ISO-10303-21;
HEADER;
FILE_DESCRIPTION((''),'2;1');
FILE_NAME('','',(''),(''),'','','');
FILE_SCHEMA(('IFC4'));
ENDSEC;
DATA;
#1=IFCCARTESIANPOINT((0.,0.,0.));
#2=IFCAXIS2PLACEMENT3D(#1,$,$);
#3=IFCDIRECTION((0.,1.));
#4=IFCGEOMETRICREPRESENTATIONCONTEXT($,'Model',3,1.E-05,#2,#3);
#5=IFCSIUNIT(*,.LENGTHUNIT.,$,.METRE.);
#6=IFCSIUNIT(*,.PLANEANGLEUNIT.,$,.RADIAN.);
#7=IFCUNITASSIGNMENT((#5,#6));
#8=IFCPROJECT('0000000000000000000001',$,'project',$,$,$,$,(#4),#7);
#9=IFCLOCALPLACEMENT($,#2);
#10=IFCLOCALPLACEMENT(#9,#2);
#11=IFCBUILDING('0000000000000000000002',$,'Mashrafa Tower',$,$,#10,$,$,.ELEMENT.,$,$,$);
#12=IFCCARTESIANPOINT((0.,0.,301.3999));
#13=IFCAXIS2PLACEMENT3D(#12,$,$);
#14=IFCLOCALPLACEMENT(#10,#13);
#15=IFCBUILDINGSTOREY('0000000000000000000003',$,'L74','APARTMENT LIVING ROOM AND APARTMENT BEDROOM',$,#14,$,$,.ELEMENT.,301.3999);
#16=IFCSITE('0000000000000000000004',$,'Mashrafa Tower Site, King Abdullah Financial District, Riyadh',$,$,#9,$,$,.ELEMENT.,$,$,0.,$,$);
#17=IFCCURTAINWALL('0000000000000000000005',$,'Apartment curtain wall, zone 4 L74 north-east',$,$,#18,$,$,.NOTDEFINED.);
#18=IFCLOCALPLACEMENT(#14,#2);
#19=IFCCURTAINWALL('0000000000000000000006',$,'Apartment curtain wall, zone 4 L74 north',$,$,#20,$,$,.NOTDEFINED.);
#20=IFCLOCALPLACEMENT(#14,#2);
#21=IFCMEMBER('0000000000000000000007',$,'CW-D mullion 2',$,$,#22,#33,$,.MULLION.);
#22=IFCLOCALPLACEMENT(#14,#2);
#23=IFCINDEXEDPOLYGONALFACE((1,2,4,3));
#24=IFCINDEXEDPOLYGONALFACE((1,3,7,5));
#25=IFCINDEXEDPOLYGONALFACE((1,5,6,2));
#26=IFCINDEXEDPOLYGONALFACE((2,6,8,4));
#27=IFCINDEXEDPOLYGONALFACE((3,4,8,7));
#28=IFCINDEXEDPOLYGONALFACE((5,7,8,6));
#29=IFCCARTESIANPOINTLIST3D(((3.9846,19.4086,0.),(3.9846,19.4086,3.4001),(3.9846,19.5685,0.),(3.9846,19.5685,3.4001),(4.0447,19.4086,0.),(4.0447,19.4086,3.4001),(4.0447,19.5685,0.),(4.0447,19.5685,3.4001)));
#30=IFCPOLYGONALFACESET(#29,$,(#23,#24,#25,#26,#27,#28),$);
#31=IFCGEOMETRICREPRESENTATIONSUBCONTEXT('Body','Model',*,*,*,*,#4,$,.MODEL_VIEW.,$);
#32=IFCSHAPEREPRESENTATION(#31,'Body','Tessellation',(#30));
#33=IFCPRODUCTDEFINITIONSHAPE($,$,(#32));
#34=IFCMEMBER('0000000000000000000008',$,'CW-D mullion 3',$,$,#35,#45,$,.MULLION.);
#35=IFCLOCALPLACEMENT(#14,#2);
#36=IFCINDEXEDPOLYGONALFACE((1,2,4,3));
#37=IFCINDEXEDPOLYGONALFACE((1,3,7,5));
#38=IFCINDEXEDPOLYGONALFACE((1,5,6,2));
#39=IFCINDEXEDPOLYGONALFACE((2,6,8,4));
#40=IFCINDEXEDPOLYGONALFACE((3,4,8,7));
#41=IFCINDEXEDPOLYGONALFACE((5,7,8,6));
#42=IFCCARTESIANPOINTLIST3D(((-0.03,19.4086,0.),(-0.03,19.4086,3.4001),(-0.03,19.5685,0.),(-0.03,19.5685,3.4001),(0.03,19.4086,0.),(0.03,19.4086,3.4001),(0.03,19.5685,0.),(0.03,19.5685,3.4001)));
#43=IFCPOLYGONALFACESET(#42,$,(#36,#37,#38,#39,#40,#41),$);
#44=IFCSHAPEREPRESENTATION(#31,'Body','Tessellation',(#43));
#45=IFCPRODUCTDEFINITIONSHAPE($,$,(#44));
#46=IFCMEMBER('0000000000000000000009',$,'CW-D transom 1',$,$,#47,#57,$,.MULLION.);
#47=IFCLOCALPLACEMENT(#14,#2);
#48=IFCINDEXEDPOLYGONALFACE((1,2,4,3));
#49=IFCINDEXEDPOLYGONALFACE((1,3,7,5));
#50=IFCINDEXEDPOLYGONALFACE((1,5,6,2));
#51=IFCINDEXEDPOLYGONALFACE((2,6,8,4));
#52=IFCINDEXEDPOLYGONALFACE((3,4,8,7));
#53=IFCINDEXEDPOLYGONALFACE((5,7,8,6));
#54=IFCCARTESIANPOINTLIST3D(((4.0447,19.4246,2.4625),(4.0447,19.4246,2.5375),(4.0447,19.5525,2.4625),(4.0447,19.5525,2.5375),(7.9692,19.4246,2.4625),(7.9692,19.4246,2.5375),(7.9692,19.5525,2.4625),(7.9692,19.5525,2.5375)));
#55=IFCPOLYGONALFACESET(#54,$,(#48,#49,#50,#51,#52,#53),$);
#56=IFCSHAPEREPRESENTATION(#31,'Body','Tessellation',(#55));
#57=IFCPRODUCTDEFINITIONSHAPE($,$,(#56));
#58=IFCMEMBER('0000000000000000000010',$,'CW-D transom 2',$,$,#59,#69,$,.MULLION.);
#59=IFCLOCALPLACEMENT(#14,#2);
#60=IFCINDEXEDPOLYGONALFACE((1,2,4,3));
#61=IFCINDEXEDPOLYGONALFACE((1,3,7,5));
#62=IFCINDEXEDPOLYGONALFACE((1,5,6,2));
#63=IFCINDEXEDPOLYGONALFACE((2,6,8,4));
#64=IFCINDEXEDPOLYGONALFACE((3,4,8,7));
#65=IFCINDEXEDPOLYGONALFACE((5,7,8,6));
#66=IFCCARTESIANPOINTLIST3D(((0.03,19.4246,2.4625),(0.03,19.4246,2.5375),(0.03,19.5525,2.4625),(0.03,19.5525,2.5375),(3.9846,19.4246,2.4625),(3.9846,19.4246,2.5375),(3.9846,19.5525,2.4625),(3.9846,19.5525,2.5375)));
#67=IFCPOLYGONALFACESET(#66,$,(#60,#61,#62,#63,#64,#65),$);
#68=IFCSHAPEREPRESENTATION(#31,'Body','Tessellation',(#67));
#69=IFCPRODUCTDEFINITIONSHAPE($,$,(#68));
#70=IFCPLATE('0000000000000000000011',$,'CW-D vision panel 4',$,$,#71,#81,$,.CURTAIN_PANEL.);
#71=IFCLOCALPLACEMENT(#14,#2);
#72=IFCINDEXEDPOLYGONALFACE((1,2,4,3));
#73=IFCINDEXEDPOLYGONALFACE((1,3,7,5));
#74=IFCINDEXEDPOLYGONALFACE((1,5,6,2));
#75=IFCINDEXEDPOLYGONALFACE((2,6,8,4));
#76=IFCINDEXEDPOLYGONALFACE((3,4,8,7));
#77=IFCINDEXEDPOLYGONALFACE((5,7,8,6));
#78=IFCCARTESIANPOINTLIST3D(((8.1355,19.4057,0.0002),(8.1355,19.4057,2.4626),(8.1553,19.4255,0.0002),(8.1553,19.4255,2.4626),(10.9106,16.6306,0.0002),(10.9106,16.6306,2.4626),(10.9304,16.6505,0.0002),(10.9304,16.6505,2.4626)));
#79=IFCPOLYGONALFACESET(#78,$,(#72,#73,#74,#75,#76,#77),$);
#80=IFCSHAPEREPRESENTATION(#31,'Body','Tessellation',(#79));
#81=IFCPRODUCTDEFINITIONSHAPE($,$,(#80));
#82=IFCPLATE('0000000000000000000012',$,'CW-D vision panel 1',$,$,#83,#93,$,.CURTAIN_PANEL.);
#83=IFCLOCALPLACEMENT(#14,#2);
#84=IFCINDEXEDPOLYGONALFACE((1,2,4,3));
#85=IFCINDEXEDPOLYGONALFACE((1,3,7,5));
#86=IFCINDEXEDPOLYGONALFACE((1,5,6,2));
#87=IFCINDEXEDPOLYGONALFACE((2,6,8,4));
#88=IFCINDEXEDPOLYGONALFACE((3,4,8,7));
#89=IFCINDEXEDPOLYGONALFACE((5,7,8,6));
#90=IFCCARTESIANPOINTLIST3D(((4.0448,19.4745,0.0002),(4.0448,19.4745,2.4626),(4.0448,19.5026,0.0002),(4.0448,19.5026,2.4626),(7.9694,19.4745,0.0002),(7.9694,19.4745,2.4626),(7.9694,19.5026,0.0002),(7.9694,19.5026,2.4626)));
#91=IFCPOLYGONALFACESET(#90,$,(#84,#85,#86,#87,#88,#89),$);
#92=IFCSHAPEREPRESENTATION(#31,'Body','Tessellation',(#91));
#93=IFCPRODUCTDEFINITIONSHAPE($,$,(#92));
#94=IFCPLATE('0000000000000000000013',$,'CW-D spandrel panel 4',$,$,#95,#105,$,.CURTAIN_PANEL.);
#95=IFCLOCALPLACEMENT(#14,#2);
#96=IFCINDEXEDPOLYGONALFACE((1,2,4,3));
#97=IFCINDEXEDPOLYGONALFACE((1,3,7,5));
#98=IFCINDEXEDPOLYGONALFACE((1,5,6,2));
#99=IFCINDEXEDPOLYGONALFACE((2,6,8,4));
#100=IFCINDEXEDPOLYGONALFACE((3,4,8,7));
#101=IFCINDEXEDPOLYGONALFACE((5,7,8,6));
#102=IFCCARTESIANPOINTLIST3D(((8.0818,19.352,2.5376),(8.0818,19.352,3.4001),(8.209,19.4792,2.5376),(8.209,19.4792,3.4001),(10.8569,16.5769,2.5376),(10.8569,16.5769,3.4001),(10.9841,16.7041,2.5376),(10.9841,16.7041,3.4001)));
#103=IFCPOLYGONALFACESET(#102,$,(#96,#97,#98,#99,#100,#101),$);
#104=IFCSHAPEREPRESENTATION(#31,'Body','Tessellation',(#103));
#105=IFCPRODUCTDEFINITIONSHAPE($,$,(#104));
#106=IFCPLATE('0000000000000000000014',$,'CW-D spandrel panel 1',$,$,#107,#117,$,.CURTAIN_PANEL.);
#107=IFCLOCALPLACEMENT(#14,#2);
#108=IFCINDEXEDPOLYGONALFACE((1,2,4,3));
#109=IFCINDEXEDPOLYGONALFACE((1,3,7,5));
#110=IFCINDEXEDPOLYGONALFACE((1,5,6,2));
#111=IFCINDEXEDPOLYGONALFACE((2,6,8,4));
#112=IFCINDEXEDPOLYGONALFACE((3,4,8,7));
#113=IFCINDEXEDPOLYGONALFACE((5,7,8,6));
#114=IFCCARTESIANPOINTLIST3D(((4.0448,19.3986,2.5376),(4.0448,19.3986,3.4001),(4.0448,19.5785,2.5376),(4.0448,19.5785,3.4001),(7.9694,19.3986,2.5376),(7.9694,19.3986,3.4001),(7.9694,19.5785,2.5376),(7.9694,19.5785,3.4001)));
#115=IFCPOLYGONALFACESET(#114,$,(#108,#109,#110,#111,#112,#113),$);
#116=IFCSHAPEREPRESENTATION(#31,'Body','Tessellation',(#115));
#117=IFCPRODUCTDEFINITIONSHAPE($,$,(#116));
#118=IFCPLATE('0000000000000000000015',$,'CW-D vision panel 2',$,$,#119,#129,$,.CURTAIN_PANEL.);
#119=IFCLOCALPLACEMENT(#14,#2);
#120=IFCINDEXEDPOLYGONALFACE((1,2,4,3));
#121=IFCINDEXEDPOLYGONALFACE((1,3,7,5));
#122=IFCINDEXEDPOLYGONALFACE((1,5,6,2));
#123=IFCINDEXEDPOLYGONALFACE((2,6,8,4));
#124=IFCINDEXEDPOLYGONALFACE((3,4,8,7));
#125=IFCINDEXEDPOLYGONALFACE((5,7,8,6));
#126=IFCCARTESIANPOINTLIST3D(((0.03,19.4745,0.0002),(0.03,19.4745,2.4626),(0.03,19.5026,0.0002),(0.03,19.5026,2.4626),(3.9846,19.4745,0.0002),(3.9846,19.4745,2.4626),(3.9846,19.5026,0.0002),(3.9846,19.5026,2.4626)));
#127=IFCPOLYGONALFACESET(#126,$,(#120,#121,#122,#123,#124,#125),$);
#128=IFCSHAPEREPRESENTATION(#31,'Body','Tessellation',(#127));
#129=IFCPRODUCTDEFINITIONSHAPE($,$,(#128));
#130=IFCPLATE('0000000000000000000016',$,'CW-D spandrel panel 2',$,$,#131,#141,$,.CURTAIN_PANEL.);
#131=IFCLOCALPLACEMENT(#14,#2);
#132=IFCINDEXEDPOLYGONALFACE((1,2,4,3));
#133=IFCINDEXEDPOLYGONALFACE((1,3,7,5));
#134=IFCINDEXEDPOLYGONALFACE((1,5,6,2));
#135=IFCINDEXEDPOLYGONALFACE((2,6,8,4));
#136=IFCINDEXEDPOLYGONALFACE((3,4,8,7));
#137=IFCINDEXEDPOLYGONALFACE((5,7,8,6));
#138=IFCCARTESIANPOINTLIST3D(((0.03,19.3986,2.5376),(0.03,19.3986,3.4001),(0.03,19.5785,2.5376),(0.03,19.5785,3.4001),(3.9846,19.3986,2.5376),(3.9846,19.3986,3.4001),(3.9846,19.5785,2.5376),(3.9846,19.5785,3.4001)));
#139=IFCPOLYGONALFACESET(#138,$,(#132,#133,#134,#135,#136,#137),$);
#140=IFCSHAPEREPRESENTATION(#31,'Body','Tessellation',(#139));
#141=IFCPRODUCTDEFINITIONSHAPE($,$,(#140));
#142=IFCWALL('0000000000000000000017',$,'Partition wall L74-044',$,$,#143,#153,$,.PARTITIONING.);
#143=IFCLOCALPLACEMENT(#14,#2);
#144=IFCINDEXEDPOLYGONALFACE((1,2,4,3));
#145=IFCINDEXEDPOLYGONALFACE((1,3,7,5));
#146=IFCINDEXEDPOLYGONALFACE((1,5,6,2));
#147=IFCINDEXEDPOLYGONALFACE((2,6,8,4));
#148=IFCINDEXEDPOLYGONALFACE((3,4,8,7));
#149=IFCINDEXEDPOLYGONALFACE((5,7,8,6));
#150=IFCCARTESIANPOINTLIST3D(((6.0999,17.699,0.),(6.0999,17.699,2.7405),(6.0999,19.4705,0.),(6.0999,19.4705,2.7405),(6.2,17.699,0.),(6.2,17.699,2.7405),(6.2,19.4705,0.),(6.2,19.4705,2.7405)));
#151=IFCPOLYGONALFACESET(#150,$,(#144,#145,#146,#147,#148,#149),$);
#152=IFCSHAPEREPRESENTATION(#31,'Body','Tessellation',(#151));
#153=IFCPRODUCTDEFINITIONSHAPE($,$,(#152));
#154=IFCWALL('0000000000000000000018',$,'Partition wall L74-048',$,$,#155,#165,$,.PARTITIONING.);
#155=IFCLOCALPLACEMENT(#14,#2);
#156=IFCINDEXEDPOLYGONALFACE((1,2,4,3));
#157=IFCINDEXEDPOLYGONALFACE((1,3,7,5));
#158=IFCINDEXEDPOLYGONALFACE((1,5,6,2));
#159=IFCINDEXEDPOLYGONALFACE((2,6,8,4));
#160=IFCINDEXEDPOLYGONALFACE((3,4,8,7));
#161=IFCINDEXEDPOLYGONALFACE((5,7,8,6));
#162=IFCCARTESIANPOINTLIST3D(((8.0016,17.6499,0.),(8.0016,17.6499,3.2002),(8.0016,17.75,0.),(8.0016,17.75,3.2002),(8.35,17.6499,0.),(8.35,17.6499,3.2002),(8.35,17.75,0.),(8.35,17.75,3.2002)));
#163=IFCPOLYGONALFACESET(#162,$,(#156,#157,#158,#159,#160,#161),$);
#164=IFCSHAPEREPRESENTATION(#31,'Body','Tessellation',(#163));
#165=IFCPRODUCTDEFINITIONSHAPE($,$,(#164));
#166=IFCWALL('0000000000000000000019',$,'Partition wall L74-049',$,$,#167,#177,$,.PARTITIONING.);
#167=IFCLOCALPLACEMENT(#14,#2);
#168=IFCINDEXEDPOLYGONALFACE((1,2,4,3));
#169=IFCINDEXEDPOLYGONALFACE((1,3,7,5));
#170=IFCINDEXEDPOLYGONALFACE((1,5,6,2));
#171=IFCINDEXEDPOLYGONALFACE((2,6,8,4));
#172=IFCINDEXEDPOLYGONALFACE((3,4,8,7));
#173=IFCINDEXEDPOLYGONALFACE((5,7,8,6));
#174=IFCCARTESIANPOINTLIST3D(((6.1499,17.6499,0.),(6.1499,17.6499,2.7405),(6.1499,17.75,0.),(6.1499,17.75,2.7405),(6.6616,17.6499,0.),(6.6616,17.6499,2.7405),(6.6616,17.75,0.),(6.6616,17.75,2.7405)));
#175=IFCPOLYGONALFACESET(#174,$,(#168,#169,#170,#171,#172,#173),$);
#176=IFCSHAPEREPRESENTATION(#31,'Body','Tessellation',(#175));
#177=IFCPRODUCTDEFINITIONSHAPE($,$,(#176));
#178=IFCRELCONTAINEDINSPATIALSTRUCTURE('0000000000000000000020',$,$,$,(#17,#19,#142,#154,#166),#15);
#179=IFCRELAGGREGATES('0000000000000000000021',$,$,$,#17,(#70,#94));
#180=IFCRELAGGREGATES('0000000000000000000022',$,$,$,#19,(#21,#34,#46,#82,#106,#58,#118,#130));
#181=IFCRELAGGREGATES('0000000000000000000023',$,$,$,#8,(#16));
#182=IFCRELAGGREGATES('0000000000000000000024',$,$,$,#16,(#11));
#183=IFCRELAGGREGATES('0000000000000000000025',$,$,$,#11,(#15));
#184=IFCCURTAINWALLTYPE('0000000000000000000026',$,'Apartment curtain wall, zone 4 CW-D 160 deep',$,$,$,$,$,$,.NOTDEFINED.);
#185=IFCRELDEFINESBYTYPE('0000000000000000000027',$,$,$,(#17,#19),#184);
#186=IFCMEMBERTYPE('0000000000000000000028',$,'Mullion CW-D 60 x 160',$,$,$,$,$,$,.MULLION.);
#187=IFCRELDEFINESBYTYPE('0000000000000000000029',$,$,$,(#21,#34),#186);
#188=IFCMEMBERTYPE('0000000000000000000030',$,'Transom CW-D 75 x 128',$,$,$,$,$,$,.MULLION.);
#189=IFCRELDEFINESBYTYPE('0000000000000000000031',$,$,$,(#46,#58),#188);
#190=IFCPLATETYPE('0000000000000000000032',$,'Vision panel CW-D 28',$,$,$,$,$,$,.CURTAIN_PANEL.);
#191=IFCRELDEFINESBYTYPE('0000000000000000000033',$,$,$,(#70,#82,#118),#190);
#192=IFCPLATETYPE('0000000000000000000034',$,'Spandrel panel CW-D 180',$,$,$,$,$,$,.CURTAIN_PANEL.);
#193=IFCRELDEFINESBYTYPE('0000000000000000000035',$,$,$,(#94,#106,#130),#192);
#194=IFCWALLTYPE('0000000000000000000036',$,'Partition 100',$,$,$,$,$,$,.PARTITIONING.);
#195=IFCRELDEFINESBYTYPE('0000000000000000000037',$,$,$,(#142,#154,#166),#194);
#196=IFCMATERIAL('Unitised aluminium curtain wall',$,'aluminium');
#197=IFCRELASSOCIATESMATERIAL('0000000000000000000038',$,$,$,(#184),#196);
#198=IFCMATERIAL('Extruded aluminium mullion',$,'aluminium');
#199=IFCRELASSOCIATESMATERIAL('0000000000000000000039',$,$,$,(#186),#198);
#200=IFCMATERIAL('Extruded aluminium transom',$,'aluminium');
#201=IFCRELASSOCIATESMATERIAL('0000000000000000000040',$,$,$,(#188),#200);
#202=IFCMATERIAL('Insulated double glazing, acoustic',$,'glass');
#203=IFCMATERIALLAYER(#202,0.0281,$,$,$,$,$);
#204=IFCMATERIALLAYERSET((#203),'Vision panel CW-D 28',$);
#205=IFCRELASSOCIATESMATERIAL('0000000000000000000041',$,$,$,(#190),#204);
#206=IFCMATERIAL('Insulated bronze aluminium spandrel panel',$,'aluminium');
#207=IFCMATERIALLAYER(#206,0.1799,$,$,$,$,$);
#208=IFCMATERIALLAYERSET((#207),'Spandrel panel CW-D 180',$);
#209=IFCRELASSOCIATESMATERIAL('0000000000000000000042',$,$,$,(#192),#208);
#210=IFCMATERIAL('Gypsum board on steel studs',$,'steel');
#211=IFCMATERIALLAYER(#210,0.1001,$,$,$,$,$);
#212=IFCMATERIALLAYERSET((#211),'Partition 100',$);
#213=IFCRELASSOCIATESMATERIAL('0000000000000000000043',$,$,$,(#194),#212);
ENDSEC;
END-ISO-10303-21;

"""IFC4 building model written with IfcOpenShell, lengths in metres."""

from ifc_helpers import new_model, si_unit, direction, frame, frame_2d, origin, origin_2d, place, context, subcontext, project, spatial, rectangle, extrude, source, transform, mapped, material, layer, layer_set, material_profile, profile_set, type_object, type_shapes, element, aggregate, save


model = new_model("IFC4")

# Units and contexts
model_context = context("Model", 3, precision=1e-05, world=origin(), true_north=direction((0.0, 1.0)))
body_context = subcontext(model_context, "Body", "Model", "MODEL_VIEW")
ifc_project = project(units=[si_unit("LENGTHUNIT", "METRE"), si_unit("PLANEANGLEUNIT", "RADIAN")], contexts=[model_context])

# Site, building, storey
site_placement = place(None, origin())
site = spatial("IfcSite", under=ifc_project, at=site_placement, Name="Mashrafa Tower Site, King Abdullah Financial District, Riyadh", CompositionType="ELEMENT", RefElevation=0.0)
building_placement = place(site_placement, origin())
building = spatial("IfcBuilding", under=site, at=building_placement, Name="Mashrafa Tower", CompositionType="ELEMENT")
storey_placement = place(building_placement, frame((0.0, 0.0, 301.3999)))
storey = spatial("IfcBuildingStorey", under=building, at=storey_placement, Name="L74", Description="APARTMENT LIVING ROOM AND APARTMENT BEDROOM", CompositionType="ELEMENT", Elevation=301.3999)

# Curtain wall
ifc_material_1 = material(Name="Unitised aluminium curtain wall", Category="aluminium")
curtain_wall_type = type_object("IfcCurtainWallType", Name="Apartment curtain wall, zone 4 CW-D 160 deep", PredefinedType="NOTDEFINED", material=ifc_material_1)
curtain_wall_1_placement = place(storey_placement, origin())
curtain_wall_1 = element("IfcCurtainWall", 1, at=curtain_wall_1_placement, inside=storey, type_object=curtain_wall_type, Name="Apartment curtain wall, zone 4 L74 north-east", PredefinedType="NOTDEFINED")
ifc_material_2 = material(Name="Extruded aluminium mullion", Category="aluminium")
ifc_material_profile_1 = material_profile(ifc_material_2, rectangle(XDim=0.1599, YDim=0.0601, at=origin_2d()), Name="Mullion 60x160")
ifc_profile_set_1 = profile_set([ifc_material_profile_1], Name="Extruded aluminium mullion")
member_type_1 = type_object("IfcMemberType", Name="Mullion CW-D 60 x 160", PredefinedType="MULLION", material=ifc_profile_set_1)
shared_shape_1 = source(origin(), body_context, "Body", "SweptSolid", [
    extrude(rectangle(XDim=0.1599, YDim=0.0601, at=origin_2d()), origin(), (0.0, 0.0, 1.0), 3.4001),
])
type_shapes(member_type_1, [shared_shape_1])

# Curtain wall, members
curtain_wall_2_placement = place(storey_placement, origin())
curtain_wall_2 = element("IfcCurtainWall", 2, at=curtain_wall_2_placement, inside=storey, type_object=curtain_wall_type, Name="Apartment curtain wall, zone 4 L74 north", PredefinedType="NOTDEFINED")
member_1_placement = place(storey_placement, frame((4.0146, 19.4885, 0.0), z_axis=(0.0, 0.0, 1.0), x_axis=(0.0, -1.0, 0.0)))
member_1 = element("IfcMember", 3, at=member_1_placement, type_object=member_type_1, Name="CW-D mullion 2", PredefinedType="MULLION", context=body_context, shape_type="MappedRepresentation", body=[
    mapped(shared_shape_1, transform((0.0, 0.0, 0.0))),
])
member_2_placement = place(storey_placement, frame((0.0, 19.4885, 0.0), z_axis=(0.0, 0.0, 1.0), x_axis=(0.0, -1.0, 0.0)))
member_2 = element("IfcMember", 4, at=member_2_placement, type_object=member_type_1, Name="CW-D mullion 3", PredefinedType="MULLION", context=body_context, shape_type="MappedRepresentation", body=[
    mapped(shared_shape_1, transform((0.0, 0.0, 0.0))),
])
ifc_material_3 = material(Name="Extruded aluminium transom", Category="aluminium")
ifc_material_profile_2 = material_profile(ifc_material_3, rectangle(XDim=0.1279, YDim=0.075, at=origin_2d()), Name="Transom 75x128")
ifc_profile_set_2 = profile_set([ifc_material_profile_2], Name="Extruded aluminium transom")
member_type_2 = type_object("IfcMemberType", Name="Transom CW-D 75 x 128", PredefinedType="MULLION", material=ifc_profile_set_2)
shared_shape_2 = source(origin(), body_context, "Body", "SweptSolid", [
    extrude(rectangle(XDim=0.1279, YDim=0.075, at=origin_2d()), origin(), (0.0, 0.0, 1.0), 3.9246),
])
member_3_placement = place(storey_placement, frame((7.9692, 19.4885, 2.5), z_axis=(-1.0, 0.0, 0.0), x_axis=(0.0, -1.0, 0.0)))
member_3 = element("IfcMember", 5, at=member_3_placement, type_object=member_type_2, Name="CW-D transom 1", PredefinedType="MULLION", context=body_context, shape_type="MappedRepresentation", body=[
    mapped(shared_shape_2, transform((0.0, 0.0, 0.0))),
])
shared_shape_3 = source(origin(), body_context, "Body", "SweptSolid", [
    extrude(rectangle(XDim=0.1279, YDim=0.075, at=origin_2d()), origin(), (0.0, 0.0, 1.0), 3.9546),
])
type_shapes(member_type_2, [shared_shape_2, shared_shape_3])
member_4_placement = place(storey_placement, frame((3.9846, 19.4885, 2.5), z_axis=(-1.0, 0.0, 0.0), x_axis=(0.0, -1.0, 0.0)))
member_4 = element("IfcMember", 6, at=member_4_placement, type_object=member_type_2, Name="CW-D transom 2", PredefinedType="MULLION", context=body_context, shape_type="MappedRepresentation", body=[
    mapped(shared_shape_3, transform((0.0, 0.0, 0.0))),
])

# Plates
ifc_material_4 = material(Name="Insulated double glazing, acoustic", Category="glass")
ifc_layer_1 = layer(ifc_material_4, 0.0281)
ifc_layer_set_1 = layer_set([ifc_layer_1], Name="Vision panel CW-D 28")
plate_type_1 = type_object("IfcPlateType", Name="Vision panel CW-D 28", PredefinedType="CURTAIN_PANEL", material=ifc_layer_set_1)
shared_shape_4 = source(origin(), body_context, "Body", "SweptSolid", [
    extrude(rectangle(XDim=3.9246, YDim=0.0281, at=origin_2d()), origin(), (0.0, 0.0, 1.0), 2.4624),
])
plate_1_placement = place(storey_placement, frame((9.533, 18.0281, 0.0002), z_axis=(0.0, 0.0, 1.0), x_axis=(-0.707107, 0.707107, 0.0)))
plate_1 = element("IfcPlate", 7, at=plate_1_placement, type_object=plate_type_1, Name="CW-D vision panel 4", PredefinedType="CURTAIN_PANEL", context=body_context, shape_type="MappedRepresentation", body=[
    mapped(shared_shape_4, transform((0.0, 0.0, 0.0))),
])
plate_2_placement = place(storey_placement, frame((6.0071, 19.4885, 0.0002), z_axis=(0.0, 0.0, 1.0), x_axis=(-1.0, 0.0, 0.0)))
plate_2 = element("IfcPlate", 8, at=plate_2_placement, type_object=plate_type_1, Name="CW-D vision panel 1", PredefinedType="CURTAIN_PANEL", context=body_context, shape_type="MappedRepresentation", body=[
    mapped(shared_shape_4, transform((0.0, 0.0, 0.0))),
])
ifc_material_5 = material(Name="Insulated bronze aluminium spandrel panel", Category="aluminium")
ifc_layer_2 = layer(ifc_material_5, 0.1799)
ifc_layer_set_2 = layer_set([ifc_layer_2], Name="Spandrel panel CW-D 180")
plate_type_2 = type_object("IfcPlateType", Name="Spandrel panel CW-D 180", PredefinedType="CURTAIN_PANEL", material=ifc_layer_set_2)
shared_shape_5 = source(origin(), body_context, "Body", "SweptSolid", [
    extrude(rectangle(XDim=3.9246, YDim=0.1799, at=origin_2d()), origin(), (0.0, 0.0, 1.0), 0.8625),
])
plate_3_placement = place(storey_placement, frame((9.533, 18.0281, 2.5376), z_axis=(0.0, 0.0, 1.0), x_axis=(-0.707107, 0.707107, 0.0)))
plate_3 = element("IfcPlate", 9, at=plate_3_placement, type_object=plate_type_2, Name="CW-D spandrel panel 4", PredefinedType="CURTAIN_PANEL", context=body_context, shape_type="MappedRepresentation", body=[
    mapped(shared_shape_5, transform((0.0, 0.0, 0.0))),
])
aggregate(curtain_wall_1, [plate_1, plate_3])
plate_4_placement = place(storey_placement, frame((6.0071, 19.4885, 2.5376), z_axis=(0.0, 0.0, 1.0), x_axis=(-1.0, 0.0, 0.0)))
plate_4 = element("IfcPlate", 10, at=plate_4_placement, type_object=plate_type_2, Name="CW-D spandrel panel 1", PredefinedType="CURTAIN_PANEL", context=body_context, shape_type="MappedRepresentation", body=[
    mapped(shared_shape_5, transform((0.0, 0.0, 0.0))),
])
shared_shape_6 = source(origin(), body_context, "Body", "SweptSolid", [
    extrude(rectangle(XDim=3.9546, YDim=0.0281, at=origin_2d()), origin(), (0.0, 0.0, 1.0), 2.4624),
])
type_shapes(plate_type_1, [shared_shape_4, shared_shape_6])
plate_5_placement = place(storey_placement, frame((2.0073, 19.4885, 0.0002), z_axis=(0.0, 0.0, 1.0), x_axis=(-1.0, 0.0, 0.0)))
plate_5 = element("IfcPlate", 11, at=plate_5_placement, type_object=plate_type_1, Name="CW-D vision panel 2", PredefinedType="CURTAIN_PANEL", context=body_context, shape_type="MappedRepresentation", body=[
    mapped(shared_shape_6, transform((0.0, 0.0, 0.0))),
])
shared_shape_7 = source(origin(), body_context, "Body", "SweptSolid", [
    extrude(rectangle(XDim=3.9546, YDim=0.1799, at=origin_2d()), origin(), (0.0, 0.0, 1.0), 0.8625),
])
type_shapes(plate_type_2, [shared_shape_5, shared_shape_7])
plate_6_placement = place(storey_placement, frame((2.0073, 19.4885, 2.5376), z_axis=(0.0, 0.0, 1.0), x_axis=(-1.0, 0.0, 0.0)))
plate_6 = element("IfcPlate", 12, at=plate_6_placement, type_object=plate_type_2, Name="CW-D spandrel panel 2", PredefinedType="CURTAIN_PANEL", context=body_context, shape_type="MappedRepresentation", body=[
    mapped(shared_shape_7, transform((0.0, 0.0, 0.0))),
])
aggregate(curtain_wall_2, [member_1, member_2, member_3, plate_2, plate_4, member_4, plate_5, plate_6])

# Walls
ifc_material_6 = material(Name="Gypsum board on steel studs", Category="steel")
ifc_layer_3 = layer(ifc_material_6, 0.1001)
ifc_layer_set_3 = layer_set([ifc_layer_3], Name="Partition 100")
wall_type = type_object("IfcWallType", Name="Partition 100", PredefinedType="PARTITIONING", material=ifc_layer_set_3)
wall_1_placement = place(storey_placement, frame((6.1499, 17.699, 0.0), z_axis=(0.0, 0.0, 1.0), x_axis=(0.0, 1.0, 0.0)))
element("IfcWall", 13, at=wall_1_placement, inside=storey, type_object=wall_type, Name="Partition wall L74-044", PredefinedType="PARTITIONING", context=body_context, shape_type="SweptSolid", body=[
    extrude(rectangle(XDim=1.7715, YDim=0.1001, at=frame_2d((0.8857, 0.0))), origin(), (0.0, 0.0, 1.0), 2.7405),
])
wall_2_placement = place(storey_placement, frame((8.3501, 17.7, 0.0), z_axis=(0.0, 0.0, 1.0), x_axis=(-1.0, 0.0, 0.0)))
element("IfcWall", 14, at=wall_2_placement, inside=storey, type_object=wall_type, Name="Partition wall L74-048", PredefinedType="PARTITIONING", context=body_context, shape_type="SweptSolid", body=[
    extrude(rectangle(XDim=0.3484, YDim=0.1001, at=frame_2d((0.1743, 0.0))), origin(), (0.0, 0.0, 1.0), 3.2002),
])
wall_3_placement = place(storey_placement, frame((6.6616, 17.7, 0.0), z_axis=(0.0, 0.0, 1.0), x_axis=(-1.0, 0.0, 0.0)))
element("IfcWall", 15, at=wall_3_placement, inside=storey, type_object=wall_type, Name="Partition wall L74-049", PredefinedType="PARTITIONING", context=body_context, shape_type="SweptSolid", body=[
    extrude(rectangle(XDim=0.5117, YDim=0.1001, at=frame_2d((0.2559, 0.0))), origin(), (0.0, 0.0, 1.0), 2.7405),
])

save(model, "model.ifc")
